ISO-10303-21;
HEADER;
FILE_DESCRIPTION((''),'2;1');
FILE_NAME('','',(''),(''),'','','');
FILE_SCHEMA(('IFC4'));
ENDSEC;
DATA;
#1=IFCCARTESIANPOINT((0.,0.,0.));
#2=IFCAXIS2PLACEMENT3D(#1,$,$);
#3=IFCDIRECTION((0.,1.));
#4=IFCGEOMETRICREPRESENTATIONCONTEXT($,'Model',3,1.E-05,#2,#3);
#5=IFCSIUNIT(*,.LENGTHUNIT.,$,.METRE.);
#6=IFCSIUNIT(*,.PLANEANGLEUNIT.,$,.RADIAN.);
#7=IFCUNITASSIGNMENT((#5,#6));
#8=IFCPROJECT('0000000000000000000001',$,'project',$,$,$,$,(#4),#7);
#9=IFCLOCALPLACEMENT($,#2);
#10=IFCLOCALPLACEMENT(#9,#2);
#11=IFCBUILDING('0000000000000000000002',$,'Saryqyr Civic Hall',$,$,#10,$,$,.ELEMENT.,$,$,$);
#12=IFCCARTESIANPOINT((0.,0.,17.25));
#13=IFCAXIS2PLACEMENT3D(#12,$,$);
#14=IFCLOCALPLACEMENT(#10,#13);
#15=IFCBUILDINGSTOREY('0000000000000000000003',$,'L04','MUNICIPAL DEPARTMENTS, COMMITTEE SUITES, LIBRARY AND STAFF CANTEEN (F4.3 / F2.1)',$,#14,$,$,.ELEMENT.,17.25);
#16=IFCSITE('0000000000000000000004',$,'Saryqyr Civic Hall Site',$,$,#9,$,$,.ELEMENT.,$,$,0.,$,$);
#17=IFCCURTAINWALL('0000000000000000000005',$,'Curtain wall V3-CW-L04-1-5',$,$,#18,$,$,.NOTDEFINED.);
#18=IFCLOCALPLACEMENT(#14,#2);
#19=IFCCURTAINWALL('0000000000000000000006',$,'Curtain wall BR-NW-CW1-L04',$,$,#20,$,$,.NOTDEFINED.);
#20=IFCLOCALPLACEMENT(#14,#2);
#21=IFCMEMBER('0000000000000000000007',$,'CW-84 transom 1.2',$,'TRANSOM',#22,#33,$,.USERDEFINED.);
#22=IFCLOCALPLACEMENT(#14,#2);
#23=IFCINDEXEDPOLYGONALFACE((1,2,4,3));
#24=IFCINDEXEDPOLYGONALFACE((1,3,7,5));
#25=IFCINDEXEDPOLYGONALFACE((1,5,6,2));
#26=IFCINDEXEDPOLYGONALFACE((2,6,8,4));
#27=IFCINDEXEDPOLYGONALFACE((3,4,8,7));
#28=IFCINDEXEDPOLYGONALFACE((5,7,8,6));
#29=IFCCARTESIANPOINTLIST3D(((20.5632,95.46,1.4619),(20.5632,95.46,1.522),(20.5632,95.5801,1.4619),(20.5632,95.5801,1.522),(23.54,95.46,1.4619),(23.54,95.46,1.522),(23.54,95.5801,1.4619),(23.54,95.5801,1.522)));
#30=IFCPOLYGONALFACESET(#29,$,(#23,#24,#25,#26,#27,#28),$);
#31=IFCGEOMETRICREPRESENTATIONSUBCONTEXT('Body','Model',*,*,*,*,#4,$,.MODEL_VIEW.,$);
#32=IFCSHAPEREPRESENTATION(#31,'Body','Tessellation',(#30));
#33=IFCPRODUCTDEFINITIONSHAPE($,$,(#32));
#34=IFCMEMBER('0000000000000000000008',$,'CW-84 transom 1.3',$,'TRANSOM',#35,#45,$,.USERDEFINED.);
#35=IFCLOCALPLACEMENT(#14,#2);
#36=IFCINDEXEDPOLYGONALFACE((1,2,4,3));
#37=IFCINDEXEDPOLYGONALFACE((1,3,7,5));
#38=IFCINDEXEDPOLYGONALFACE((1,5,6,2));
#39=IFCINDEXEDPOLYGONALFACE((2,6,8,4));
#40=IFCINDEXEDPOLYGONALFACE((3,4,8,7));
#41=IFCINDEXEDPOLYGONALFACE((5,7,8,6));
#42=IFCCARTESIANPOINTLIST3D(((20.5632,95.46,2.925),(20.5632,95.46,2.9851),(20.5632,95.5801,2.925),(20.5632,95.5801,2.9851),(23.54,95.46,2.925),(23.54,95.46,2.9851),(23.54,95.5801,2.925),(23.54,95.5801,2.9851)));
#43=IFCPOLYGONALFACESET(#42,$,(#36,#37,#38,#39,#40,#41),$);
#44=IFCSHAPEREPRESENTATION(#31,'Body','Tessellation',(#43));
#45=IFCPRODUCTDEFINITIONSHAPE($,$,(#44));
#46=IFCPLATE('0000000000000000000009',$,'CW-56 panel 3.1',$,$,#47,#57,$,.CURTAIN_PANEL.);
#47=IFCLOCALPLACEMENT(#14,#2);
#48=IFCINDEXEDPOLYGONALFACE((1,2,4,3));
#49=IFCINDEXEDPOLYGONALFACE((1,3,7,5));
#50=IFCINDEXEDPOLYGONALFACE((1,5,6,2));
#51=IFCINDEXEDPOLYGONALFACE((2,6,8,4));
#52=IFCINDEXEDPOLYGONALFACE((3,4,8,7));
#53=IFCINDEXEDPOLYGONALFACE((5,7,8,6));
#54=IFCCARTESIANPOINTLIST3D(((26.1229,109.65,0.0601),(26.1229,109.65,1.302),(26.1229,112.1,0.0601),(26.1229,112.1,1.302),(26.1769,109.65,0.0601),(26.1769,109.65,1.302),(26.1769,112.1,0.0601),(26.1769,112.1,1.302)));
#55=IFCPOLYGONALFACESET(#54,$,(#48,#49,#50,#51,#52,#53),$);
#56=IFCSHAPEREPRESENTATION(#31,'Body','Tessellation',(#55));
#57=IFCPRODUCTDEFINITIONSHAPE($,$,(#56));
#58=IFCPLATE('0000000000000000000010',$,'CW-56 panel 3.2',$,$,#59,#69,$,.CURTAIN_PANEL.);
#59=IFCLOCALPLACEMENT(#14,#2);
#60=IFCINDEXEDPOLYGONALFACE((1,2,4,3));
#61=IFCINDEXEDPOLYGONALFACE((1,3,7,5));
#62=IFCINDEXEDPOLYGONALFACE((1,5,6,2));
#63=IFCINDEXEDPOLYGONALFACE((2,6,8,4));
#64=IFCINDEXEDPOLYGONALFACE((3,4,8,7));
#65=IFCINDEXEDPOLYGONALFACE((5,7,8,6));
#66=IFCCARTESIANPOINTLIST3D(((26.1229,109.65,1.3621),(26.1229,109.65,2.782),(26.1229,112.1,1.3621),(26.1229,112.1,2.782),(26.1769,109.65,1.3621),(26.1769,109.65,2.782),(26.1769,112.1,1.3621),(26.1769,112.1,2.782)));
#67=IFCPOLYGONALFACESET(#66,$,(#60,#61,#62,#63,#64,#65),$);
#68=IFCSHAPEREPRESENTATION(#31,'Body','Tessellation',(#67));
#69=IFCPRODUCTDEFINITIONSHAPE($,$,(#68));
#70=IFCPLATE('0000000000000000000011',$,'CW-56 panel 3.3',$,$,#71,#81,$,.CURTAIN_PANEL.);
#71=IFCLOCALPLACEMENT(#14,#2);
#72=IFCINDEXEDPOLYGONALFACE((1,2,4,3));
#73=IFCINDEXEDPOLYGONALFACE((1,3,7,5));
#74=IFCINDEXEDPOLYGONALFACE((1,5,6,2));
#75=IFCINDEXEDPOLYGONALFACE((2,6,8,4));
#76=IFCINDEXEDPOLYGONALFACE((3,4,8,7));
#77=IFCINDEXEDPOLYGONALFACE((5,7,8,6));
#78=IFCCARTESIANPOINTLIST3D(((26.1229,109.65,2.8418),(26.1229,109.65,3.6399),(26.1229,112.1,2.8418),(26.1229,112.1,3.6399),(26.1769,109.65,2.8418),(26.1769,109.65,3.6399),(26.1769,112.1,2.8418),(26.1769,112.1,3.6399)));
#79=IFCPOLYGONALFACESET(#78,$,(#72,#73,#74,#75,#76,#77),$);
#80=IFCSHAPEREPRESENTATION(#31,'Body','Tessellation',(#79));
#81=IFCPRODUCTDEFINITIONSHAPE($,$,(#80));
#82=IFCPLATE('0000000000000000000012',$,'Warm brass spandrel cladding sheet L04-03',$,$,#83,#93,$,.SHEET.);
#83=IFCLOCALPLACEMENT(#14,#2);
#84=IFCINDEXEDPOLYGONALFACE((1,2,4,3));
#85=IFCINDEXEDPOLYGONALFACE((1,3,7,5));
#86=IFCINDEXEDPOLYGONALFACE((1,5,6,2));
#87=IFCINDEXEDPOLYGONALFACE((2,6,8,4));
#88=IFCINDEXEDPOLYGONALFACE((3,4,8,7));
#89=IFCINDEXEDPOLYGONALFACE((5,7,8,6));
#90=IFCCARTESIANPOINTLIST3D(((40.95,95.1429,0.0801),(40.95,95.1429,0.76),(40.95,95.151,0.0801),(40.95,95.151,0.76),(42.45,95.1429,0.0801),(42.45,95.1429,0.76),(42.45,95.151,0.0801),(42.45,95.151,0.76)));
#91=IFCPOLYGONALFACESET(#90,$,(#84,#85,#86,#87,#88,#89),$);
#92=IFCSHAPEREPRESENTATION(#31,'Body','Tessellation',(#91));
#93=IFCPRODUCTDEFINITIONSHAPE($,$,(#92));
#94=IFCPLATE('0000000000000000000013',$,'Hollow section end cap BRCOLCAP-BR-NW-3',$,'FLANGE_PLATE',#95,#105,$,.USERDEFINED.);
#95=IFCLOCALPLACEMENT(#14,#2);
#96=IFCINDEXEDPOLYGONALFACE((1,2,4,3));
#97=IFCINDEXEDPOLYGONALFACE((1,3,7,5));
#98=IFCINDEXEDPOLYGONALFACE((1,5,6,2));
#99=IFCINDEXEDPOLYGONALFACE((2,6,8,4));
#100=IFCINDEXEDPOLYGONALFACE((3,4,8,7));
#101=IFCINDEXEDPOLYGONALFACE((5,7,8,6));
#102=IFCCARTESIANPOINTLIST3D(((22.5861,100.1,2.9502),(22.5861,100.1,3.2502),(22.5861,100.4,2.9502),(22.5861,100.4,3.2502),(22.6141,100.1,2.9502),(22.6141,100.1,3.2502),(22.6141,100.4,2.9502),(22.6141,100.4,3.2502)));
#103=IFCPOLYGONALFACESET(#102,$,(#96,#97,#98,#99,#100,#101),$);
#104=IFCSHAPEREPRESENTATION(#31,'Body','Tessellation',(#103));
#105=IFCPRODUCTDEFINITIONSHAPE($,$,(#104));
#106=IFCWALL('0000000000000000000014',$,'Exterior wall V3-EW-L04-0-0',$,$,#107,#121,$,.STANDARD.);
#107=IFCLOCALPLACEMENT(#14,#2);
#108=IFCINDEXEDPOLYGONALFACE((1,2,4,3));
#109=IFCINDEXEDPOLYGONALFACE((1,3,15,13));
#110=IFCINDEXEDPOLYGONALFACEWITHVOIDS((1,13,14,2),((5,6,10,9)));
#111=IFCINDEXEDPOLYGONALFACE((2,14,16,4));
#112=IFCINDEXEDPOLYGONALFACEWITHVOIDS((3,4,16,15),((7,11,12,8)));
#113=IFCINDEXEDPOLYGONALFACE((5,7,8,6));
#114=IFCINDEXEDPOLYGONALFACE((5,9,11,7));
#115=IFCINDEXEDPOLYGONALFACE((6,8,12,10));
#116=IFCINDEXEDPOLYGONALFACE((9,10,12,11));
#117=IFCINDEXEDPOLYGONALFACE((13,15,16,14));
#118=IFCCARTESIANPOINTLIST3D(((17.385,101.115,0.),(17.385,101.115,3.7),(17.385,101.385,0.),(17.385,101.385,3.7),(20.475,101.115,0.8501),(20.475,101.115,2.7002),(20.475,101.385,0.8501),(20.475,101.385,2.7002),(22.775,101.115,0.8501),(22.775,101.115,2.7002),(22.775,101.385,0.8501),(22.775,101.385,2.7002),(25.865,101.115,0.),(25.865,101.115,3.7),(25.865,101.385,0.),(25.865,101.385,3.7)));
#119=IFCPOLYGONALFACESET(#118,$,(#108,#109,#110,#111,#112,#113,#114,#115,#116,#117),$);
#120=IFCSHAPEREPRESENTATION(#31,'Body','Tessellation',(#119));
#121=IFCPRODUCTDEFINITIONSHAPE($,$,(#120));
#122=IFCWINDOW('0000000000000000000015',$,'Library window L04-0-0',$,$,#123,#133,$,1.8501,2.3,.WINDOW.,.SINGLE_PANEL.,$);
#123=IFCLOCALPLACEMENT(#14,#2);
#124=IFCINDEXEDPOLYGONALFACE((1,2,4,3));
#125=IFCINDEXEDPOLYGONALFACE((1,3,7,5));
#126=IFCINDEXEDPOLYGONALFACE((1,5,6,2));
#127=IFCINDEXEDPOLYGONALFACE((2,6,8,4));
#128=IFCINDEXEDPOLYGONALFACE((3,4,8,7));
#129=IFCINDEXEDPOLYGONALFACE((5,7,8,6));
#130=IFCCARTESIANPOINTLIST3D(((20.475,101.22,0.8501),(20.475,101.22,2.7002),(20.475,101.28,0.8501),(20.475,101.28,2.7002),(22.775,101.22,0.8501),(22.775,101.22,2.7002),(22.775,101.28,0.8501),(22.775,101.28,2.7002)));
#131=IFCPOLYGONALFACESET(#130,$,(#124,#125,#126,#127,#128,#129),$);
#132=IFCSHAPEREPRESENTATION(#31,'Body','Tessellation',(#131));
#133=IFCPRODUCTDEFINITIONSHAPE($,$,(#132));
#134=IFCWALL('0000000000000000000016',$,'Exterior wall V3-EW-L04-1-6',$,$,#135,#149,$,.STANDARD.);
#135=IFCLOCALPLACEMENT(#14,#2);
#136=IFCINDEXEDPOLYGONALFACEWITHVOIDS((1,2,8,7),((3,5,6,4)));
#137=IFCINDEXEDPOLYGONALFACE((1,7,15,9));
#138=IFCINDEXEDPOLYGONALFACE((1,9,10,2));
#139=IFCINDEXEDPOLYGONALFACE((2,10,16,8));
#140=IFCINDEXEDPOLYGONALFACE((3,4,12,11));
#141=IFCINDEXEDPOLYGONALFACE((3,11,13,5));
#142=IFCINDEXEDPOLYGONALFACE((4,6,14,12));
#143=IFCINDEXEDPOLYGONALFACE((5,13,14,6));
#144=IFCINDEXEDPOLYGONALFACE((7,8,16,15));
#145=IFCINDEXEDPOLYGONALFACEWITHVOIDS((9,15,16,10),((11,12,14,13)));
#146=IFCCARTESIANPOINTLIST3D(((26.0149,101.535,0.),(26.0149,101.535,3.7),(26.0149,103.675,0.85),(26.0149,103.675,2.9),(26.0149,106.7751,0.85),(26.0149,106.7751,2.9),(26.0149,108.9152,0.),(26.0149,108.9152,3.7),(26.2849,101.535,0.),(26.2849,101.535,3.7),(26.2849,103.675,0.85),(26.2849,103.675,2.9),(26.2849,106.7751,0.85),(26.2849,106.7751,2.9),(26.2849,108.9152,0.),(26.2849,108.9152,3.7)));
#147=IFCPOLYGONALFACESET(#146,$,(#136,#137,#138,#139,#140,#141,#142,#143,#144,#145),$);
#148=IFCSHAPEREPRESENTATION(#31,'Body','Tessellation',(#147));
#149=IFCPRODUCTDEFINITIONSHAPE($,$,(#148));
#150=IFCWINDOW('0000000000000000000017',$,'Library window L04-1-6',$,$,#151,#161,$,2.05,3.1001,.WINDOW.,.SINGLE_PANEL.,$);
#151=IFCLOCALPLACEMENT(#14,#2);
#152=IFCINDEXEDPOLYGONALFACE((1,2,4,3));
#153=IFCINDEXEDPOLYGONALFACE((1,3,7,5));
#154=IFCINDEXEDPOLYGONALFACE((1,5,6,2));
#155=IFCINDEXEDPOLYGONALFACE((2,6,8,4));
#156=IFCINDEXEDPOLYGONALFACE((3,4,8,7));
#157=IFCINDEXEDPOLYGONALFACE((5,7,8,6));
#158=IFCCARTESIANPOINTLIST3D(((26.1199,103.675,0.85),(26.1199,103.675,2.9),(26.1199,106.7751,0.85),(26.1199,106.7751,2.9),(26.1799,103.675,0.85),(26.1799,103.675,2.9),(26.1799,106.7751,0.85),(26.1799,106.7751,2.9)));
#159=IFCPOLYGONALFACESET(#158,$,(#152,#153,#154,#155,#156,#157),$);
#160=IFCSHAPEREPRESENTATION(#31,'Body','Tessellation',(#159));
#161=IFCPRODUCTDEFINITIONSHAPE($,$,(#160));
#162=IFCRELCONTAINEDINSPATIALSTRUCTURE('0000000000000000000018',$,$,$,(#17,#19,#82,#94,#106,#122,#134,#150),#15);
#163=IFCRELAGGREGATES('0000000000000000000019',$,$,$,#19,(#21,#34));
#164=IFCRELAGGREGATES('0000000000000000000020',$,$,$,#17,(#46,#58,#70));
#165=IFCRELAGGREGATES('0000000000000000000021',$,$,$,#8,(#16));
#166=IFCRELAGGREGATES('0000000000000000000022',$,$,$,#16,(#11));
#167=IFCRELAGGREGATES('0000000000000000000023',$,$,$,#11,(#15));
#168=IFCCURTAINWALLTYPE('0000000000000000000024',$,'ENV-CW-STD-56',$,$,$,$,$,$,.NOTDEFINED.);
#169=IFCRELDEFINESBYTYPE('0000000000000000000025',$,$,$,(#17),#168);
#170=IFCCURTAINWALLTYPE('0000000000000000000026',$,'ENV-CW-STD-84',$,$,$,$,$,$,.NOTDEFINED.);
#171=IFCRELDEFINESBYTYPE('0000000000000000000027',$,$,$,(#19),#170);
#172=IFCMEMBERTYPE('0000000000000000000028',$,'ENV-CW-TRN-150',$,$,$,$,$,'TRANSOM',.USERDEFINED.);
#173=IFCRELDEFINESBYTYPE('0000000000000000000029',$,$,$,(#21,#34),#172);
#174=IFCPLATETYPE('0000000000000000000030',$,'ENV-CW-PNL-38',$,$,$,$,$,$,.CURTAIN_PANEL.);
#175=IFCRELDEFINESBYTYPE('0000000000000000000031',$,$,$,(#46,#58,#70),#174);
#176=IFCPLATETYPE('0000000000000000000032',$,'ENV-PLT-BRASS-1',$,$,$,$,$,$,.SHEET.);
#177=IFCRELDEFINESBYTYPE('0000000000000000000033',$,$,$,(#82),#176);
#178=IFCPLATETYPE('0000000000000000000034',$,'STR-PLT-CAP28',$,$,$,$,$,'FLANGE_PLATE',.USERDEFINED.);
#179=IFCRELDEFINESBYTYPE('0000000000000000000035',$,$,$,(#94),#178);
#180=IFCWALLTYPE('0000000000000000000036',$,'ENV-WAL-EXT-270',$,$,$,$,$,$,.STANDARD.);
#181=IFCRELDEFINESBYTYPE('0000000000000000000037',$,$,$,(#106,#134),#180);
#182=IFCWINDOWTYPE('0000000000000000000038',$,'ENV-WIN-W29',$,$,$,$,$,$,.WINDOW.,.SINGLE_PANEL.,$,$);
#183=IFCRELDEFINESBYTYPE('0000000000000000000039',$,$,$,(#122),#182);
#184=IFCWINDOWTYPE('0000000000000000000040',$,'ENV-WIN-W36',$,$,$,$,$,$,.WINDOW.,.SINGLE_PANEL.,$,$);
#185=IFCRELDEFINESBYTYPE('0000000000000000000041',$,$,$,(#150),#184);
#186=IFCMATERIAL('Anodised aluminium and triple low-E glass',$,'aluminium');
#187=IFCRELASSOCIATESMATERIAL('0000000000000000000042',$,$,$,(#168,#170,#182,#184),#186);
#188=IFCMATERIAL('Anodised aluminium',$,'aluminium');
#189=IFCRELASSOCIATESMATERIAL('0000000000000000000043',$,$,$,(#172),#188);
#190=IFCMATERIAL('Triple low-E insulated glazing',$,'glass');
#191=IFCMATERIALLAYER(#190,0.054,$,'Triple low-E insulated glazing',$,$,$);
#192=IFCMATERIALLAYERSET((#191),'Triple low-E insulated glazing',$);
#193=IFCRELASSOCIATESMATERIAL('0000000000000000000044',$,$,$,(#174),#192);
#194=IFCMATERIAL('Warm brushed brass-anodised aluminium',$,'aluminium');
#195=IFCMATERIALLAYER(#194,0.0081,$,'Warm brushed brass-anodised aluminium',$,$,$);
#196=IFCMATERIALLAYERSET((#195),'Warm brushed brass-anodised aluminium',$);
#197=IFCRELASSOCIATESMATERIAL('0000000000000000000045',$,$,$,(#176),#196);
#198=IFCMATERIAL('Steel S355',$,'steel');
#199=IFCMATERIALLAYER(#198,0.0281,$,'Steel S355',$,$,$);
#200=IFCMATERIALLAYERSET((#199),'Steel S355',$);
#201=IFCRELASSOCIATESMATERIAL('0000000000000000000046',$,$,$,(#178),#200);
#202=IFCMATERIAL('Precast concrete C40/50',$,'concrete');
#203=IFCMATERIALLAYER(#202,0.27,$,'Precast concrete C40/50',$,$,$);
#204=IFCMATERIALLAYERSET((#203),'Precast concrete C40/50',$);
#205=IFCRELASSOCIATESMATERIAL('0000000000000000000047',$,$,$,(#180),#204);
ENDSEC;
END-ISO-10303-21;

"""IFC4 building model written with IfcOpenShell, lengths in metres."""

from ifc_helpers import new_model, si_unit, direction, frame, frame_2d, origin, origin_2d, place, context, subcontext, project, spatial, rectangle, extrude, material, layer, layer_set, material_profile, profile_set, type_object, element, fill, aggregate, save


model = new_model("IFC4")

# Units and contexts
model_context = context("Model", 3, precision=1e-05, world=origin(), true_north=direction((0.0, 1.0)))
body_context = subcontext(model_context, "Body", "Model", "MODEL_VIEW")
ifc_project = project(units=[si_unit("LENGTHUNIT", "METRE"), si_unit("PLANEANGLEUNIT", "RADIAN")], contexts=[model_context])

# Site, building, storey
site_placement = place(None, origin())
site = spatial("IfcSite", under=ifc_project, at=site_placement, Name="Saryqyr Civic Hall Site", CompositionType="ELEMENT", RefElevation=0.0)
building_placement = place(site_placement, origin())
building = spatial("IfcBuilding", under=site, at=building_placement, Name="Saryqyr Civic Hall", CompositionType="ELEMENT")
storey_placement = place(building_placement, frame((0.0, 0.0, 17.25)))
storey = spatial("IfcBuildingStorey", under=building, at=storey_placement, Name="L04", Description="MUNICIPAL DEPARTMENTS, COMMITTEE SUITES, LIBRARY AND STAFF CANTEEN (F4.3 / F2.1)", CompositionType="ELEMENT", Elevation=17.25)

# Shared definitions
ifc_material_1 = material(Name="Steel S355", Category="steel")

# Curtain walls
ifc_material_2 = material(Name="Anodised aluminium and triple low-E glass", Category="aluminium")
curtain_wall_type_1 = type_object("IfcCurtainWallType", Name="ENV-CW-STD-56", PredefinedType="NOTDEFINED", material=ifc_material_2)
curtain_wall_1_placement = place(storey_placement, origin())
curtain_wall_1 = element("IfcCurtainWall", 1, at=curtain_wall_1_placement, inside=storey, type_object=curtain_wall_type_1, Name="Curtain wall V3-CW-L04-1-5", PredefinedType="NOTDEFINED")
ifc_material_3 = material(Name="Anodised aluminium", Category="aluminium")
curtain_wall_type_2 = type_object("IfcCurtainWallType", Name="ENV-CW-STD-84", PredefinedType="NOTDEFINED", material=ifc_material_2)
curtain_wall_2_placement = place(storey_placement, origin())
curtain_wall_2 = element("IfcCurtainWall", 2, at=curtain_wall_2_placement, inside=storey, type_object=curtain_wall_type_2, Name="Curtain wall BR-NW-CW1-L04", PredefinedType="NOTDEFINED")

# Members
ifc_material_profile_1 = material_profile(ifc_material_3, rectangle(XDim=0.1201, YDim=0.0601, at=origin_2d()), Name="ALU TRANSOM 120x60")
ifc_profile_set_1 = profile_set([ifc_material_profile_1], Name="Anodised aluminium")
member_type_1 = type_object("IfcMemberType", Name="ENV-CW-TRN-150", ElementType="TRANSOM", PredefinedType="USERDEFINED", material=ifc_profile_set_1)
member_1_placement = place(storey_placement, frame((23.54, 95.52, 1.4919), z_axis=(-1.0, 0.0, 0.0), x_axis=(0.0, -1.0, 0.0)))
member_1 = element("IfcMember", 3, at=member_1_placement, type_object=member_type_1, Name="CW-84 transom 1.2", ObjectType="TRANSOM", PredefinedType="USERDEFINED", context=body_context, shape_type="SweptSolid", body=[
    extrude(rectangle(XDim=0.1201, YDim=0.0601, at=origin_2d()), origin(), (0.0, 0.0, 1.0), 2.9768),
])
member_2_placement = place(storey_placement, frame((23.54, 95.52, 2.9551), z_axis=(-1.0, 0.0, 0.0), x_axis=(0.0, -1.0, 0.0)))
member_2 = element("IfcMember", 4, at=member_2_placement, type_object=member_type_1, Name="CW-84 transom 1.3", ObjectType="TRANSOM", PredefinedType="USERDEFINED", context=body_context, shape_type="SweptSolid", body=[
    extrude(rectangle(XDim=0.1201, YDim=0.0601, at=origin_2d()), origin(), (0.0, 0.0, 1.0), 2.9768),
])
aggregate(curtain_wall_2, [member_1, member_2])

# Plates
ifc_material_4 = material(Name="Triple low-E insulated glazing", Category="glass")
ifc_layer_1 = layer(ifc_material_4, 0.054, Name="Triple low-E insulated glazing")
ifc_layer_set_1 = layer_set([ifc_layer_1], Name="Triple low-E insulated glazing")
plate_type_1 = type_object("IfcPlateType", Name="ENV-CW-PNL-38", PredefinedType="CURTAIN_PANEL", material=ifc_layer_set_1)
plate_1_placement = place(storey_placement, frame((26.1499, 110.875, 0.0601), z_axis=(0.0, 0.0, 1.0), x_axis=(0.0, -1.0, 0.0)))
plate_1 = element("IfcPlate", 5, at=plate_1_placement, type_object=plate_type_1, Name="CW-56 panel 3.1", PredefinedType="CURTAIN_PANEL", context=body_context, shape_type="SweptSolid", body=[
    extrude(rectangle(XDim=2.45, YDim=0.054, at=origin_2d()), origin(), (0.0, 0.0, 1.0), 1.2419),
])
plate_2_placement = place(storey_placement, frame((26.1499, 110.875, 1.3621), z_axis=(0.0, 0.0, 1.0), x_axis=(0.0, -1.0, 0.0)))
plate_2 = element("IfcPlate", 6, at=plate_2_placement, type_object=plate_type_1, Name="CW-56 panel 3.2", PredefinedType="CURTAIN_PANEL", context=body_context, shape_type="SweptSolid", body=[
    extrude(rectangle(XDim=2.45, YDim=0.054, at=origin_2d()), origin(), (0.0, 0.0, 1.0), 1.4199),
])
plate_3_placement = place(storey_placement, frame((26.1499, 110.875, 2.8418), z_axis=(0.0, 0.0, 1.0), x_axis=(0.0, -1.0, 0.0)))
plate_3 = element("IfcPlate", 7, at=plate_3_placement, type_object=plate_type_1, Name="CW-56 panel 3.3", PredefinedType="CURTAIN_PANEL", context=body_context, shape_type="SweptSolid", body=[
    extrude(rectangle(XDim=2.45, YDim=0.054, at=origin_2d()), origin(), (0.0, 0.0, 1.0), 0.7981),
])
aggregate(curtain_wall_1, [plate_1, plate_2, plate_3])

# Plates
ifc_material_5 = material(Name="Warm brushed brass-anodised aluminium", Category="aluminium")
ifc_layer_2 = layer(ifc_material_5, 0.0081, Name="Warm brushed brass-anodised aluminium")
ifc_layer_set_2 = layer_set([ifc_layer_2], Name="Warm brushed brass-anodised aluminium")
plate_type_2 = type_object("IfcPlateType", Name="ENV-PLT-BRASS-1", PredefinedType="SHEET", material=ifc_layer_set_2)
plate_4_placement = place(storey_placement, frame((41.7, 95.147, 0.0801), z_axis=(0.0, 0.0, 1.0), x_axis=(1.0, 0.0, 0.0)))
element("IfcPlate", 8, at=plate_4_placement, inside=storey, type_object=plate_type_2, Name="Warm brass spandrel cladding sheet L04-03", PredefinedType="SHEET", context=body_context, shape_type="SweptSolid", body=[
    extrude(rectangle(XDim=1.5, YDim=0.0081, at=origin_2d()), origin(), (0.0, 0.0, 1.0), 0.6799),
])
ifc_layer_3 = layer(ifc_material_1, 0.0281, Name="Steel S355")
ifc_layer_set_3 = layer_set([ifc_layer_3], Name="Steel S355")
plate_type_3 = type_object("IfcPlateType", Name="STR-PLT-CAP28", ElementType="FLANGE_PLATE", PredefinedType="USERDEFINED", material=ifc_layer_set_3)
plate_5_placement = place(storey_placement, frame((22.6001, 100.25, 2.9502), z_axis=(0.0, 0.0, 1.0), x_axis=(1.0, 0.0, 0.0)))
element("IfcPlate", 9, at=plate_5_placement, inside=storey, type_object=plate_type_3, Name="Hollow section end cap BRCOLCAP-BR-NW-3", ObjectType="FLANGE_PLATE", PredefinedType="USERDEFINED", context=body_context, shape_type="SweptSolid", body=[
    extrude(rectangle(XDim=0.0281, YDim=0.3, at=origin_2d()), origin(), (0.0, 0.0, 1.0), 0.3),
])

# Walls, openings, windows
ifc_material_6 = material(Name="Precast concrete C40/50", Category="concrete")
ifc_layer_4 = layer(ifc_material_6, 0.27, Name="Precast concrete C40/50")
ifc_layer_set_4 = layer_set([ifc_layer_4], Name="Precast concrete C40/50")
wall_type = type_object("IfcWallType", Name="ENV-WAL-EXT-270", PredefinedType="STANDARD", material=ifc_layer_set_4)
wall_1_placement = place(storey_placement, frame((25.865, 101.25, 0.0), z_axis=(0.0, 0.0, 1.0), x_axis=(-1.0, 0.0, 0.0)))
wall_1 = element("IfcWall", 10, at=wall_1_placement, inside=storey, type_object=wall_type, Name="Exterior wall V3-EW-L04-0-0", PredefinedType="STANDARD", context=body_context, shape_type="SweptSolid", body=[
    extrude(rectangle(XDim=8.48, YDim=0.27, at=frame_2d((4.24, 0.0))), origin(), (0.0, 0.0, 1.0), 3.7),
])
opening_1_placement = place(wall_1_placement, frame((3.0901, 0.0, 0.8501)))
opening_1 = element("IfcOpeningElement", 11, at=opening_1_placement, cuts=wall_1, PredefinedType="OPENING", context=body_context, shape_type="SweptSolid", body=[
    extrude(rectangle(XDim=2.3, YDim=1.8501, at=frame_2d((1.1499, 0.925))), frame((0.0, 0.145, 0.0), z_axis=(0.0, -1.0, 0.0), x_axis=(1.0, 0.0, 0.0)), (0.0, 0.0, 1.0), 0.29),
])
window_type_1 = type_object("IfcWindowType", Name="ENV-WIN-W29", PartitioningType="SINGLE_PANEL", PredefinedType="WINDOW", material=ifc_material_2)
window_1_placement = place(opening_1_placement, origin())
window_1 = element("IfcWindow", 12, at=window_1_placement, inside=storey, type_object=window_type_1, Name="Library window L04-0-0", OverallHeight=1.8501, OverallWidth=2.3, PartitioningType="SINGLE_PANEL", PredefinedType="WINDOW", context=body_context, shape_type="SweptSolid", body=[
    extrude(rectangle(XDim=2.3, YDim=1.8501, at=frame_2d((1.1499, 0.925))), frame((0.0, 0.03, 0.0), z_axis=(0.0, -1.0, 0.0), x_axis=(1.0, 0.0, 0.0)), (0.0, 0.0, 1.0), 0.0601),
])
fill(opening_1, window_1)
wall_2_placement = place(storey_placement, frame((26.1499, 108.915, 0.0), z_axis=(0.0, 0.0, 1.0), x_axis=(0.0, -1.0, 0.0)))
wall_2 = element("IfcWall", 13, at=wall_2_placement, inside=storey, type_object=wall_type, Name="Exterior wall V3-EW-L04-1-6", PredefinedType="STANDARD", context=body_context, shape_type="SweptSolid", body=[
    extrude(rectangle(XDim=7.3801, YDim=0.27, at=frame_2d((3.6899, 0.0))), origin(), (0.0, 0.0, 1.0), 3.7),
])
opening_2_placement = place(wall_2_placement, frame((2.1399, 0.0, 0.8501)))
opening_2 = element("IfcOpeningElement", 14, at=opening_2_placement, cuts=wall_2, PredefinedType="OPENING", context=body_context, shape_type="SweptSolid", body=[
    extrude(rectangle(XDim=3.1001, YDim=2.05, at=frame_2d((1.55, 1.0249))), frame((0.0, 0.145, 0.0), z_axis=(0.0, -1.0, 0.0), x_axis=(1.0, 0.0, 0.0)), (0.0, 0.0, 1.0), 0.29),
])
window_type_2 = type_object("IfcWindowType", Name="ENV-WIN-W36", PartitioningType="SINGLE_PANEL", PredefinedType="WINDOW", material=ifc_material_2)
window_2_placement = place(opening_2_placement, origin())
window_2 = element("IfcWindow", 15, at=window_2_placement, inside=storey, type_object=window_type_2, Name="Library window L04-1-6", OverallHeight=2.05, OverallWidth=3.1001, PartitioningType="SINGLE_PANEL", PredefinedType="WINDOW", context=body_context, shape_type="SweptSolid", body=[
    extrude(rectangle(XDim=3.1001, YDim=2.05, at=frame_2d((1.55, 1.0249))), frame((0.0, 0.03, 0.0), z_axis=(0.0, -1.0, 0.0), x_axis=(1.0, 0.0, 0.0)), (0.0, 0.0, 1.0), 0.0601),
])
fill(opening_2, window_2)

save(model, "model.ifc")
